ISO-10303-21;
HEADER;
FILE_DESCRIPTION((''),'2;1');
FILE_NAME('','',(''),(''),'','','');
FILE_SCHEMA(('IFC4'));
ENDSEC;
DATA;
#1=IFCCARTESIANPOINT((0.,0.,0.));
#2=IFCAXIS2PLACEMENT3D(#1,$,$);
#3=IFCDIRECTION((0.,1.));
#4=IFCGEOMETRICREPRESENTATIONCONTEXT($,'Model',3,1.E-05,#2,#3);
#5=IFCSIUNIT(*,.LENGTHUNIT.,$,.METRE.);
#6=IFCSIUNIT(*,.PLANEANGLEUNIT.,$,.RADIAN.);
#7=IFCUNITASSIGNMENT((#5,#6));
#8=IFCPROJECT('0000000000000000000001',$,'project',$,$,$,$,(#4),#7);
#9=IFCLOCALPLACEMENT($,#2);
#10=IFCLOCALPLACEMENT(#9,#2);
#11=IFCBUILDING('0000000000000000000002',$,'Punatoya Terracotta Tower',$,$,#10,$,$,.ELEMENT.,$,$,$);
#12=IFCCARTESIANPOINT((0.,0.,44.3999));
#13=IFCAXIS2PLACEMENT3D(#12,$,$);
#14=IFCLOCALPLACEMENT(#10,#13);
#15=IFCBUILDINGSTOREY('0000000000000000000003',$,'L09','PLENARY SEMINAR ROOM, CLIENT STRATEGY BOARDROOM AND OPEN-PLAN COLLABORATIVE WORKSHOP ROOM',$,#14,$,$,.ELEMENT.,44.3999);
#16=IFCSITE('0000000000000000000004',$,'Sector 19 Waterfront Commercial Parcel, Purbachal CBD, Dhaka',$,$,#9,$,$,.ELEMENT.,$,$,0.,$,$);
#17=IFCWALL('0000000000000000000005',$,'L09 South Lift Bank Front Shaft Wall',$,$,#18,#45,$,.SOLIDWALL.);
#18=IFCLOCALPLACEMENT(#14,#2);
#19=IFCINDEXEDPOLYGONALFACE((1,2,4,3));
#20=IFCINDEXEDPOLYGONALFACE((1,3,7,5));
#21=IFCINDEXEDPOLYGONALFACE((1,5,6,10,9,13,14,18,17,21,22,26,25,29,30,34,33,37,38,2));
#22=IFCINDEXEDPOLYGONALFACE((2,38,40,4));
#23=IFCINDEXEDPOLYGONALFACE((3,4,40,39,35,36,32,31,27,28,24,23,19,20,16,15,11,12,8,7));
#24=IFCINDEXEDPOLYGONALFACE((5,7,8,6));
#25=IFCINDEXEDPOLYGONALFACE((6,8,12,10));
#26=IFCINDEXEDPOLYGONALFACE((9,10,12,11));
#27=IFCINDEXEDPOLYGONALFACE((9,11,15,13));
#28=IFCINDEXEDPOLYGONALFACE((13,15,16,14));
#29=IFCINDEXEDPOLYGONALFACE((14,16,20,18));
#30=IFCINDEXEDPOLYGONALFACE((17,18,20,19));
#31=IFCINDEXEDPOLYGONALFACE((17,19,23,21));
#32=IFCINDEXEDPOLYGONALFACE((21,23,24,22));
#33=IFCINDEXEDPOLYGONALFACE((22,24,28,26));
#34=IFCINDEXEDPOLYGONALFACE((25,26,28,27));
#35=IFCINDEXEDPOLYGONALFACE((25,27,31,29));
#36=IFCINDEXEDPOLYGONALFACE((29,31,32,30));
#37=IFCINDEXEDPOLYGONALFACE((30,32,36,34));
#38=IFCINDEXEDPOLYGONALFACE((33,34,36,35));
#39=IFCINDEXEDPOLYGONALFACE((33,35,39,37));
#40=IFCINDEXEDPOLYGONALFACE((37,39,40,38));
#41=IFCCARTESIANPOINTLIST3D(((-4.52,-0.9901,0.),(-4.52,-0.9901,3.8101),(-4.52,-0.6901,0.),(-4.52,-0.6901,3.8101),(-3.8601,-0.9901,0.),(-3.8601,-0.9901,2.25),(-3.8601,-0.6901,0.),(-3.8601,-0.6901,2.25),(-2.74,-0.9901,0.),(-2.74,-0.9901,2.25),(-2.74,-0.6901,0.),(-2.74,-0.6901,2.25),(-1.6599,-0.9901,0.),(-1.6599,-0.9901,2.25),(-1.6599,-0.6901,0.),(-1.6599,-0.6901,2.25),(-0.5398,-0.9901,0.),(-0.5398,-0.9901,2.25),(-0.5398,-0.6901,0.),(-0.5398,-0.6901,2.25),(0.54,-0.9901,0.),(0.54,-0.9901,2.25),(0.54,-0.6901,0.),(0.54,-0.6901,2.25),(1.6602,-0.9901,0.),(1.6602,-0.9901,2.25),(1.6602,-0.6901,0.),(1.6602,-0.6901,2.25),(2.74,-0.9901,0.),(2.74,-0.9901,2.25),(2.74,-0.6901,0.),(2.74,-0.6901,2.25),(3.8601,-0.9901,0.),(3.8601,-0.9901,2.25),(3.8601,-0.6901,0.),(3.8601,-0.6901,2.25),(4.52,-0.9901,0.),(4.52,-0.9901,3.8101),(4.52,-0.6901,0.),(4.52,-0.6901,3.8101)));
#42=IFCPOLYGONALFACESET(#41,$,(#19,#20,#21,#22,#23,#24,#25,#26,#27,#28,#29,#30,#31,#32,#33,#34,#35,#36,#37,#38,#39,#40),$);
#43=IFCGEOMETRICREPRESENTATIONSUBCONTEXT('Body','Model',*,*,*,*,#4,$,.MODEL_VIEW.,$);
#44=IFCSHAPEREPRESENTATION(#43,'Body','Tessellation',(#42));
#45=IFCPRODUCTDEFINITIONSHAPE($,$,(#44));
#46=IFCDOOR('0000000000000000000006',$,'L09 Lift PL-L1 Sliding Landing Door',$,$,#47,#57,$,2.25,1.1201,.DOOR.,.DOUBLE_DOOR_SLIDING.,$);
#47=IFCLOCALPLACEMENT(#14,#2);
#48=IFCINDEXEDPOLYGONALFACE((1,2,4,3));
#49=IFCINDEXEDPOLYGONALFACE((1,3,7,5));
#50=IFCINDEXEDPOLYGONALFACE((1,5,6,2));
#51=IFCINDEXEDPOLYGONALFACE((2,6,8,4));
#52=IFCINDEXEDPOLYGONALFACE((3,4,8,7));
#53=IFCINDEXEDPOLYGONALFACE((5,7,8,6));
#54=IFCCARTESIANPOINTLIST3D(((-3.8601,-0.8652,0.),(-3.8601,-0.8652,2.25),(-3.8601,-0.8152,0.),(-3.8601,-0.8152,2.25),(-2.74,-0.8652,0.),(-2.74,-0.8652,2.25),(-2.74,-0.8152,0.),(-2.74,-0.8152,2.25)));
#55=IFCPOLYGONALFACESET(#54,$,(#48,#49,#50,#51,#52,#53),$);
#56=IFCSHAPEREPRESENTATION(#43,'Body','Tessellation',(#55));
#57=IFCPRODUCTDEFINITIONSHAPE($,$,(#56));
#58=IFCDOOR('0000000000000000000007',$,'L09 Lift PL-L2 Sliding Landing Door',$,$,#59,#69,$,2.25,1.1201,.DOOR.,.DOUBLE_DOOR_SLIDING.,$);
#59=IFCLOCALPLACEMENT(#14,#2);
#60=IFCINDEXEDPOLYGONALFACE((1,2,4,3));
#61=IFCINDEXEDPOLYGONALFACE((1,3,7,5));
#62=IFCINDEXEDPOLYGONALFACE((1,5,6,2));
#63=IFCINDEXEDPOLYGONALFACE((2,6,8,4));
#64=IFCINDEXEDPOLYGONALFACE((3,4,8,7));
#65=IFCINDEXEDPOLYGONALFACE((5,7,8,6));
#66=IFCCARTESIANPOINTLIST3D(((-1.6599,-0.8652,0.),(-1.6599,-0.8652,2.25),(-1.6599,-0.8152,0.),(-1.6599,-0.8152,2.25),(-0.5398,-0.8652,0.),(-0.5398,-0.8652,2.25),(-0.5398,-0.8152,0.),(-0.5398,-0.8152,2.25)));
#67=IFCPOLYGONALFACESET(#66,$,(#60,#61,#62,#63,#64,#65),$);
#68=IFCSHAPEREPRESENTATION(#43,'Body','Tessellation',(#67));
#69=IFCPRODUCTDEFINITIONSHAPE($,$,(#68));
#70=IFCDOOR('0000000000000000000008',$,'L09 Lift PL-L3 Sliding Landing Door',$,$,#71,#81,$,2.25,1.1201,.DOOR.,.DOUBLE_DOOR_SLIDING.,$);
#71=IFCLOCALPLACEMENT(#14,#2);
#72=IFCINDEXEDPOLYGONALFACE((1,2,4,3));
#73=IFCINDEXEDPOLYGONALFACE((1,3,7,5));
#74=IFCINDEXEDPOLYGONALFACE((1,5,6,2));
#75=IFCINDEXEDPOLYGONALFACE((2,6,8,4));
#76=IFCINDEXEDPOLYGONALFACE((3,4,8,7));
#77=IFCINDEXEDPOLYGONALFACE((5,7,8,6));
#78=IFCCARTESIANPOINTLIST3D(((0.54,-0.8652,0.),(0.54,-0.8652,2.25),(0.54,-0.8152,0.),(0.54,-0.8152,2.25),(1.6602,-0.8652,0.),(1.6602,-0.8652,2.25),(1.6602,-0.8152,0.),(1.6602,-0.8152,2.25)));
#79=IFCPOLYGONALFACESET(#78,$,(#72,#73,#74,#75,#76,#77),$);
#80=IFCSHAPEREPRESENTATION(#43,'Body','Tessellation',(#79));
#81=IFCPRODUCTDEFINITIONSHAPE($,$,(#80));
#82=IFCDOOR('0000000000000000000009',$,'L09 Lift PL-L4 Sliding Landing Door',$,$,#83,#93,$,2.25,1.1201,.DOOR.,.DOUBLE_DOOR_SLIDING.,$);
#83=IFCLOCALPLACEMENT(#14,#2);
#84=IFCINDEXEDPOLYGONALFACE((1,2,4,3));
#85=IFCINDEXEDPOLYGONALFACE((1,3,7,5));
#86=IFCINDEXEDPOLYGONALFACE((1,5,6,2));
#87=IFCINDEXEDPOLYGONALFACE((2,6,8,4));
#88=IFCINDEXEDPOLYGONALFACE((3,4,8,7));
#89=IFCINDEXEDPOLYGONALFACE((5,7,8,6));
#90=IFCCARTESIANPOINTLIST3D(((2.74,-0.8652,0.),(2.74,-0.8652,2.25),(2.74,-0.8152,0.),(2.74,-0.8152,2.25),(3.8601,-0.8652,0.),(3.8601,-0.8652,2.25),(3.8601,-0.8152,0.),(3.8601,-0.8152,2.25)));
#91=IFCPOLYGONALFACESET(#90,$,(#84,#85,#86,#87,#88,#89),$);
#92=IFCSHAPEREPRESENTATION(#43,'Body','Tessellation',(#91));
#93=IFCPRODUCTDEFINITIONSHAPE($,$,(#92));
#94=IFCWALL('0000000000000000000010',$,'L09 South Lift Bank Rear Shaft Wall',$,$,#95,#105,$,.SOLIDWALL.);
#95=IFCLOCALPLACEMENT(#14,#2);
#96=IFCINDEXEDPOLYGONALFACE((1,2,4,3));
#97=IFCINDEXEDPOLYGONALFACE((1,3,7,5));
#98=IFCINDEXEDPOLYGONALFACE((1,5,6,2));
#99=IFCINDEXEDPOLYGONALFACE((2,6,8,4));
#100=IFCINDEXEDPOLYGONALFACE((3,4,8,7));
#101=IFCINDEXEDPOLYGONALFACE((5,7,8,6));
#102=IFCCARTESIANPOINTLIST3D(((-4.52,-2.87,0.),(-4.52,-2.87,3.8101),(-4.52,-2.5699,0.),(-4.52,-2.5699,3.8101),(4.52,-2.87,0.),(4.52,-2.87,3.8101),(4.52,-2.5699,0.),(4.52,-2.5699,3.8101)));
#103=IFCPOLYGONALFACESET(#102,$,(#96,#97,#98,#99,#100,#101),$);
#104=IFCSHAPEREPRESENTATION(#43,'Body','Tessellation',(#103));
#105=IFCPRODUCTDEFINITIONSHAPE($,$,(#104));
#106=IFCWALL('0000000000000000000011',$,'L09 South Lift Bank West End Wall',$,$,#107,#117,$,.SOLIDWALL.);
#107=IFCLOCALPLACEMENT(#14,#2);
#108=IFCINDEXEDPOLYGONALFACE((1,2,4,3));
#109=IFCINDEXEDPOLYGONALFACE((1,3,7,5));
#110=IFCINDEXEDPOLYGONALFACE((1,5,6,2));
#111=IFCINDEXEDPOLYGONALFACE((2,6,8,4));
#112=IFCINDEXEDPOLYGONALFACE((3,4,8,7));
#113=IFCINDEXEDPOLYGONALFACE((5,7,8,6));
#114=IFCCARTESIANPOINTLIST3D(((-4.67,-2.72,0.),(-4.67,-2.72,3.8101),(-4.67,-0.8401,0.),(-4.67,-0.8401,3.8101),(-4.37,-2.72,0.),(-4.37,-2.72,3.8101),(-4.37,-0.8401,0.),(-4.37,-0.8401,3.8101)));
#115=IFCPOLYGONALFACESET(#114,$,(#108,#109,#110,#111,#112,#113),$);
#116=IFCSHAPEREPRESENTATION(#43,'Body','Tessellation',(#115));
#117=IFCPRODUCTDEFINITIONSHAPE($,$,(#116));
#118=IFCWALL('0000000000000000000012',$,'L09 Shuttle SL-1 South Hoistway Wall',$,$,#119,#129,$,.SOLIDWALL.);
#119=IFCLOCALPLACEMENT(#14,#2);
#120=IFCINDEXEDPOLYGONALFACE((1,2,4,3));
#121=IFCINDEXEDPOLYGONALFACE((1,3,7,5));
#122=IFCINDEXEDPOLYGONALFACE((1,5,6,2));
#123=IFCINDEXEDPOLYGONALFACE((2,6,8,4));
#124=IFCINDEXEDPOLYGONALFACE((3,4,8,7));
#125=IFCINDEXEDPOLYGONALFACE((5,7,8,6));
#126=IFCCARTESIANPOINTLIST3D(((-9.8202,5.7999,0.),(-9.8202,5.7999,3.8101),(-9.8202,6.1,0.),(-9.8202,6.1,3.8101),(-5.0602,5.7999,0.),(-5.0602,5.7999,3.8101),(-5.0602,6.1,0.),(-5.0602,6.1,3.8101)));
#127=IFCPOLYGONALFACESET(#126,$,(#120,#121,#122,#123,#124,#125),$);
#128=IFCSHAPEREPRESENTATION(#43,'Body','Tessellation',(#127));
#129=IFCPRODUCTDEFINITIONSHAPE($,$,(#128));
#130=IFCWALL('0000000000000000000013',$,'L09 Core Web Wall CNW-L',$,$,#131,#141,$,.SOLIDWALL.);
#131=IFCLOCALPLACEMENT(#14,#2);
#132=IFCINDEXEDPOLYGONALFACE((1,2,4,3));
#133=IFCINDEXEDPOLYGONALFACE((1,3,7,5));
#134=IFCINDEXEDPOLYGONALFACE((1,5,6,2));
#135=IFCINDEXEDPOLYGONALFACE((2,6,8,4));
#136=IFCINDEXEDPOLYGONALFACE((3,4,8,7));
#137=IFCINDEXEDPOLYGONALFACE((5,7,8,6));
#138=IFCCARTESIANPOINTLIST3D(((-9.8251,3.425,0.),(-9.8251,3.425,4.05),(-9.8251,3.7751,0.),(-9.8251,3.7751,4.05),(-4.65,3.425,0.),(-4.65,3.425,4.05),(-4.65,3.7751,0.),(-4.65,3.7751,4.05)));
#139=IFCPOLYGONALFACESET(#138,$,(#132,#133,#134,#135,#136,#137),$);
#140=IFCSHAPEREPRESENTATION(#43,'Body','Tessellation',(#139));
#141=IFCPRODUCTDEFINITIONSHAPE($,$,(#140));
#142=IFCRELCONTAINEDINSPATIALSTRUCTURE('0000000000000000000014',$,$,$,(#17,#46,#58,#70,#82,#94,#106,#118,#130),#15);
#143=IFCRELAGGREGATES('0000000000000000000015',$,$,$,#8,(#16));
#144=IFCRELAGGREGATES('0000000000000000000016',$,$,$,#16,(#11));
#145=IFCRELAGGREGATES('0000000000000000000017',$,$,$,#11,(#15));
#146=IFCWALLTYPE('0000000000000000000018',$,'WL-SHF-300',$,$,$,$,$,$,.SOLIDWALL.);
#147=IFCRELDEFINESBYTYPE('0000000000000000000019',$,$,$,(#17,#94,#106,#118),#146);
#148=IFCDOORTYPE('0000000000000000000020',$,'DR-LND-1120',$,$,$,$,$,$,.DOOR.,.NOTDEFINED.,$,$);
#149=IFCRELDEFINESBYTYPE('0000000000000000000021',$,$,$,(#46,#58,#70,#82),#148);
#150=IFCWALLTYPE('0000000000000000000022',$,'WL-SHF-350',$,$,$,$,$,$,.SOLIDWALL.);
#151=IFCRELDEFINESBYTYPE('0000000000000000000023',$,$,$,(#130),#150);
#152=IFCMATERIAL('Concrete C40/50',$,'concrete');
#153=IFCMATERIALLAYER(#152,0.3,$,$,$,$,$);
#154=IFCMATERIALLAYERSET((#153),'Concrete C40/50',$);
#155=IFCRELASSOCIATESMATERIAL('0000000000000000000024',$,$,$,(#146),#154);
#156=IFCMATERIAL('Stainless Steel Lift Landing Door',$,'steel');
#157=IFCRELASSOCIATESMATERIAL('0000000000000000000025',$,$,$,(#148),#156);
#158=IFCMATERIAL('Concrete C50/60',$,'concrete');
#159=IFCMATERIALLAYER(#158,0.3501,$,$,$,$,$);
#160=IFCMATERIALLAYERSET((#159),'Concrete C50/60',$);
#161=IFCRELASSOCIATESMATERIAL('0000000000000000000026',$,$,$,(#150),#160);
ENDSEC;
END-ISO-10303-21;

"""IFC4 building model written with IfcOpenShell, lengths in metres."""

from ifc_helpers import new_model, si_unit, direction, frame, frame_2d, origin, place, context, subcontext, project, spatial, rectangle, extrude, material, layer, layer_set, type_object, element, fill, save


model = new_model("IFC4")

# Units and contexts
model_context = context("Model", 3, precision=1e-05, world=origin(), true_north=direction((0.0, 1.0)))
body_context = subcontext(model_context, "Body", "Model", "MODEL_VIEW")
ifc_project = project(units=[si_unit("LENGTHUNIT", "METRE"), si_unit("PLANEANGLEUNIT", "RADIAN")], contexts=[model_context])

# Site, building, storey
site_placement = place(None, origin())
site = spatial("IfcSite", under=ifc_project, at=site_placement, Name="Sector 19 Waterfront Commercial Parcel, Purbachal CBD, Dhaka", CompositionType="ELEMENT", RefElevation=0.0)
building_placement = place(site_placement, origin())
building = spatial("IfcBuilding", under=site, at=building_placement, Name="Punatoya Terracotta Tower", CompositionType="ELEMENT")
storey_placement = place(building_placement, frame((0.0, 0.0, 44.3999)))
storey = spatial("IfcBuildingStorey", under=building, at=storey_placement, Name="L09", Description="PLENARY SEMINAR ROOM, CLIENT STRATEGY BOARDROOM AND OPEN-PLAN COLLABORATIVE WORKSHOP ROOM", CompositionType="ELEMENT", Elevation=44.3999)

# Shared definitions
ifc_material_1 = material(Name="Concrete C40/50", Category="concrete")
ifc_layer_1 = layer(ifc_material_1, 0.3)
ifc_layer_set_1 = layer_set([ifc_layer_1], Name="Concrete C40/50")
wall_type_1 = type_object("IfcWallType", Name="WL-SHF-300", PredefinedType="SOLIDWALL", material=ifc_layer_set_1)

# Wall, openings, doors
wall_1_placement = place(storey_placement, frame((-4.52, -0.8401, 0.0), z_axis=(0.0, 0.0, 1.0), x_axis=(1.0, 0.0, 0.0)))
wall_1 = element("IfcWall", 1, at=wall_1_placement, inside=storey, type_object=wall_type_1, Name="L09 South Lift Bank Front Shaft Wall", PredefinedType="SOLIDWALL", context=body_context, shape_type="SweptSolid", body=[
    extrude(rectangle(XDim=9.04, YDim=0.3, at=frame_2d((4.52, 0.0))), origin(), (0.0, 0.0, 1.0), 3.8101),
])
opening_1_placement = place(wall_1_placement, frame((0.6599, 0.0, 0.0)))
opening_1 = element("IfcOpeningElement", 2, at=opening_1_placement, cuts=wall_1, PredefinedType="OPENING", context=body_context, shape_type="SweptSolid", body=[
    extrude(rectangle(XDim=1.1201, YDim=2.25, at=frame_2d((0.5601, 1.125))), frame((0.0, 0.1599, 0.0), z_axis=(0.0, -1.0, 0.0), x_axis=(1.0, 0.0, 0.0)), (0.0, 0.0, 1.0), 0.3201),
])
opening_2_placement = place(wall_1_placement, frame((2.8601, 0.0, 0.0)))
opening_2 = element("IfcOpeningElement", 3, at=opening_2_placement, cuts=wall_1, PredefinedType="OPENING", context=body_context, shape_type="SweptSolid", body=[
    extrude(rectangle(XDim=1.1201, YDim=2.25, at=frame_2d((0.5601, 1.125))), frame((0.0, 0.1599, 0.0), z_axis=(0.0, -1.0, 0.0), x_axis=(1.0, 0.0, 0.0)), (0.0, 0.0, 1.0), 0.3201),
])
opening_3_placement = place(wall_1_placement, frame((5.0601, 0.0, 0.0)))
opening_3 = element("IfcOpeningElement", 4, at=opening_3_placement, cuts=wall_1, PredefinedType="OPENING", context=body_context, shape_type="SweptSolid", body=[
    extrude(rectangle(XDim=1.1201, YDim=2.25, at=frame_2d((0.5601, 1.125))), frame((0.0, 0.1599, 0.0), z_axis=(0.0, -1.0, 0.0), x_axis=(1.0, 0.0, 0.0)), (0.0, 0.0, 1.0), 0.3201),
])
opening_4_placement = place(wall_1_placement, frame((7.26, 0.0, 0.0)))
opening_4 = element("IfcOpeningElement", 5, at=opening_4_placement, cuts=wall_1, PredefinedType="OPENING", context=body_context, shape_type="SweptSolid", body=[
    extrude(rectangle(XDim=1.1201, YDim=2.25, at=frame_2d((0.5601, 1.125))), frame((0.0, 0.1599, 0.0), z_axis=(0.0, -1.0, 0.0), x_axis=(1.0, 0.0, 0.0)), (0.0, 0.0, 1.0), 0.3201),
])
ifc_material_2 = material(Name="Stainless Steel Lift Landing Door", Category="steel")
door_type_1 = type_object("IfcDoorType", Name="DR-LND-1120", OperationType="NOTDEFINED", PredefinedType="DOOR", material=ifc_material_2)
door_1_placement = place(opening_1_placement, origin())
door_1 = element("IfcDoor", 6, at=door_1_placement, inside=storey, type_object=door_type_1, Name="L09 Lift PL-L1 Sliding Landing Door", OperationType="DOUBLE_DOOR_SLIDING", OverallHeight=2.25, OverallWidth=1.1201, PredefinedType="DOOR", context=body_context, shape_type="SweptSolid", body=[
    extrude(rectangle(XDim=1.1201, YDim=2.25, at=frame_2d((0.5601, 1.125))), frame((0.0, 0.0249, 0.0), z_axis=(0.0, -1.0, 0.0), x_axis=(1.0, 0.0, 0.0)), (0.0, 0.0, 1.0), 0.05),
])
fill(opening_1, door_1)
door_2_placement = place(opening_2_placement, origin())
door_2 = element("IfcDoor", 7, at=door_2_placement, inside=storey, type_object=door_type_1, Name="L09 Lift PL-L2 Sliding Landing Door", OperationType="DOUBLE_DOOR_SLIDING", OverallHeight=2.25, OverallWidth=1.1201, PredefinedType="DOOR", context=body_context, shape_type="SweptSolid", body=[
    extrude(rectangle(XDim=1.1201, YDim=2.25, at=frame_2d((0.5601, 1.125))), frame((0.0, 0.0249, 0.0), z_axis=(0.0, -1.0, 0.0), x_axis=(1.0, 0.0, 0.0)), (0.0, 0.0, 1.0), 0.05),
])
fill(opening_2, door_2)
door_3_placement = place(opening_3_placement, origin())
door_3 = element("IfcDoor", 8, at=door_3_placement, inside=storey, type_object=door_type_1, Name="L09 Lift PL-L3 Sliding Landing Door", OperationType="DOUBLE_DOOR_SLIDING", OverallHeight=2.25, OverallWidth=1.1201, PredefinedType="DOOR", context=body_context, shape_type="SweptSolid", body=[
    extrude(rectangle(XDim=1.1201, YDim=2.25, at=frame_2d((0.5601, 1.125))), frame((0.0, 0.0249, 0.0), z_axis=(0.0, -1.0, 0.0), x_axis=(1.0, 0.0, 0.0)), (0.0, 0.0, 1.0), 0.05),
])
fill(opening_3, door_3)
door_4_placement = place(opening_4_placement, origin())
door_4 = element("IfcDoor", 9, at=door_4_placement, inside=storey, type_object=door_type_1, Name="L09 Lift PL-L4 Sliding Landing Door", OperationType="DOUBLE_DOOR_SLIDING", OverallHeight=2.25, OverallWidth=1.1201, PredefinedType="DOOR", context=body_context, shape_type="SweptSolid", body=[
    extrude(rectangle(XDim=1.1201, YDim=2.25, at=frame_2d((0.5601, 1.125))), frame((0.0, 0.0249, 0.0), z_axis=(0.0, -1.0, 0.0), x_axis=(1.0, 0.0, 0.0)), (0.0, 0.0, 1.0), 0.05),
])
fill(opening_4, door_4)

# Walls
wall_2_placement = place(storey_placement, frame((-4.52, -2.72, 0.0), z_axis=(0.0, 0.0, 1.0), x_axis=(1.0, 0.0, 0.0)))
element("IfcWall", 10, at=wall_2_placement, inside=storey, type_object=wall_type_1, Name="L09 South Lift Bank Rear Shaft Wall", PredefinedType="SOLIDWALL", context=body_context, shape_type="SweptSolid", body=[
    extrude(rectangle(XDim=9.04, YDim=0.3, at=frame_2d((4.52, 0.0))), origin(), (0.0, 0.0, 1.0), 3.8101),
])
wall_3_placement = place(storey_placement, frame((-4.52, -2.72, 0.0), z_axis=(0.0, 0.0, 1.0), x_axis=(0.0, 1.0, 0.0)))
element("IfcWall", 11, at=wall_3_placement, inside=storey, type_object=wall_type_1, Name="L09 South Lift Bank West End Wall", PredefinedType="SOLIDWALL", context=body_context, shape_type="SweptSolid", body=[
    extrude(rectangle(XDim=1.8799, YDim=0.3, at=frame_2d((0.9399, 0.0))), origin(), (0.0, 0.0, 1.0), 3.8101),
])
wall_4_placement = place(storey_placement, frame((-9.8201, 5.95, 0.0), z_axis=(0.0, 0.0, 1.0), x_axis=(1.0, 0.0, 0.0)))
element("IfcWall", 12, at=wall_4_placement, inside=storey, type_object=wall_type_1, Name="L09 Shuttle SL-1 South Hoistway Wall", PredefinedType="SOLIDWALL", context=body_context, shape_type="SweptSolid", body=[
    extrude(rectangle(XDim=4.76, YDim=0.3, at=frame_2d((2.3799, 0.0))), origin(), (0.0, 0.0, 1.0), 3.8101),
])
ifc_material_3 = material(Name="Concrete C50/60", Category="concrete")
ifc_layer_2 = layer(ifc_material_3, 0.3501)
ifc_layer_set_2 = layer_set([ifc_layer_2], Name="Concrete C50/60")
wall_type_2 = type_object("IfcWallType", Name="WL-SHF-350", PredefinedType="SOLIDWALL", material=ifc_layer_set_2)
wall_5_placement = place(storey_placement, frame((-9.825, 3.6001, 0.0), z_axis=(0.0, 0.0, 1.0), x_axis=(1.0, 0.0, 0.0)))
element("IfcWall", 13, at=wall_5_placement, inside=storey, type_object=wall_type_2, Name="L09 Core Web Wall CNW-L", PredefinedType="SOLIDWALL", context=body_context, shape_type="SweptSolid", body=[
    extrude(rectangle(XDim=5.175, YDim=0.3501, at=frame_2d((2.5874, 0.0))), origin(), (0.0, 0.0, 1.0), 4.05),
])

save(model, "model.ifc")
